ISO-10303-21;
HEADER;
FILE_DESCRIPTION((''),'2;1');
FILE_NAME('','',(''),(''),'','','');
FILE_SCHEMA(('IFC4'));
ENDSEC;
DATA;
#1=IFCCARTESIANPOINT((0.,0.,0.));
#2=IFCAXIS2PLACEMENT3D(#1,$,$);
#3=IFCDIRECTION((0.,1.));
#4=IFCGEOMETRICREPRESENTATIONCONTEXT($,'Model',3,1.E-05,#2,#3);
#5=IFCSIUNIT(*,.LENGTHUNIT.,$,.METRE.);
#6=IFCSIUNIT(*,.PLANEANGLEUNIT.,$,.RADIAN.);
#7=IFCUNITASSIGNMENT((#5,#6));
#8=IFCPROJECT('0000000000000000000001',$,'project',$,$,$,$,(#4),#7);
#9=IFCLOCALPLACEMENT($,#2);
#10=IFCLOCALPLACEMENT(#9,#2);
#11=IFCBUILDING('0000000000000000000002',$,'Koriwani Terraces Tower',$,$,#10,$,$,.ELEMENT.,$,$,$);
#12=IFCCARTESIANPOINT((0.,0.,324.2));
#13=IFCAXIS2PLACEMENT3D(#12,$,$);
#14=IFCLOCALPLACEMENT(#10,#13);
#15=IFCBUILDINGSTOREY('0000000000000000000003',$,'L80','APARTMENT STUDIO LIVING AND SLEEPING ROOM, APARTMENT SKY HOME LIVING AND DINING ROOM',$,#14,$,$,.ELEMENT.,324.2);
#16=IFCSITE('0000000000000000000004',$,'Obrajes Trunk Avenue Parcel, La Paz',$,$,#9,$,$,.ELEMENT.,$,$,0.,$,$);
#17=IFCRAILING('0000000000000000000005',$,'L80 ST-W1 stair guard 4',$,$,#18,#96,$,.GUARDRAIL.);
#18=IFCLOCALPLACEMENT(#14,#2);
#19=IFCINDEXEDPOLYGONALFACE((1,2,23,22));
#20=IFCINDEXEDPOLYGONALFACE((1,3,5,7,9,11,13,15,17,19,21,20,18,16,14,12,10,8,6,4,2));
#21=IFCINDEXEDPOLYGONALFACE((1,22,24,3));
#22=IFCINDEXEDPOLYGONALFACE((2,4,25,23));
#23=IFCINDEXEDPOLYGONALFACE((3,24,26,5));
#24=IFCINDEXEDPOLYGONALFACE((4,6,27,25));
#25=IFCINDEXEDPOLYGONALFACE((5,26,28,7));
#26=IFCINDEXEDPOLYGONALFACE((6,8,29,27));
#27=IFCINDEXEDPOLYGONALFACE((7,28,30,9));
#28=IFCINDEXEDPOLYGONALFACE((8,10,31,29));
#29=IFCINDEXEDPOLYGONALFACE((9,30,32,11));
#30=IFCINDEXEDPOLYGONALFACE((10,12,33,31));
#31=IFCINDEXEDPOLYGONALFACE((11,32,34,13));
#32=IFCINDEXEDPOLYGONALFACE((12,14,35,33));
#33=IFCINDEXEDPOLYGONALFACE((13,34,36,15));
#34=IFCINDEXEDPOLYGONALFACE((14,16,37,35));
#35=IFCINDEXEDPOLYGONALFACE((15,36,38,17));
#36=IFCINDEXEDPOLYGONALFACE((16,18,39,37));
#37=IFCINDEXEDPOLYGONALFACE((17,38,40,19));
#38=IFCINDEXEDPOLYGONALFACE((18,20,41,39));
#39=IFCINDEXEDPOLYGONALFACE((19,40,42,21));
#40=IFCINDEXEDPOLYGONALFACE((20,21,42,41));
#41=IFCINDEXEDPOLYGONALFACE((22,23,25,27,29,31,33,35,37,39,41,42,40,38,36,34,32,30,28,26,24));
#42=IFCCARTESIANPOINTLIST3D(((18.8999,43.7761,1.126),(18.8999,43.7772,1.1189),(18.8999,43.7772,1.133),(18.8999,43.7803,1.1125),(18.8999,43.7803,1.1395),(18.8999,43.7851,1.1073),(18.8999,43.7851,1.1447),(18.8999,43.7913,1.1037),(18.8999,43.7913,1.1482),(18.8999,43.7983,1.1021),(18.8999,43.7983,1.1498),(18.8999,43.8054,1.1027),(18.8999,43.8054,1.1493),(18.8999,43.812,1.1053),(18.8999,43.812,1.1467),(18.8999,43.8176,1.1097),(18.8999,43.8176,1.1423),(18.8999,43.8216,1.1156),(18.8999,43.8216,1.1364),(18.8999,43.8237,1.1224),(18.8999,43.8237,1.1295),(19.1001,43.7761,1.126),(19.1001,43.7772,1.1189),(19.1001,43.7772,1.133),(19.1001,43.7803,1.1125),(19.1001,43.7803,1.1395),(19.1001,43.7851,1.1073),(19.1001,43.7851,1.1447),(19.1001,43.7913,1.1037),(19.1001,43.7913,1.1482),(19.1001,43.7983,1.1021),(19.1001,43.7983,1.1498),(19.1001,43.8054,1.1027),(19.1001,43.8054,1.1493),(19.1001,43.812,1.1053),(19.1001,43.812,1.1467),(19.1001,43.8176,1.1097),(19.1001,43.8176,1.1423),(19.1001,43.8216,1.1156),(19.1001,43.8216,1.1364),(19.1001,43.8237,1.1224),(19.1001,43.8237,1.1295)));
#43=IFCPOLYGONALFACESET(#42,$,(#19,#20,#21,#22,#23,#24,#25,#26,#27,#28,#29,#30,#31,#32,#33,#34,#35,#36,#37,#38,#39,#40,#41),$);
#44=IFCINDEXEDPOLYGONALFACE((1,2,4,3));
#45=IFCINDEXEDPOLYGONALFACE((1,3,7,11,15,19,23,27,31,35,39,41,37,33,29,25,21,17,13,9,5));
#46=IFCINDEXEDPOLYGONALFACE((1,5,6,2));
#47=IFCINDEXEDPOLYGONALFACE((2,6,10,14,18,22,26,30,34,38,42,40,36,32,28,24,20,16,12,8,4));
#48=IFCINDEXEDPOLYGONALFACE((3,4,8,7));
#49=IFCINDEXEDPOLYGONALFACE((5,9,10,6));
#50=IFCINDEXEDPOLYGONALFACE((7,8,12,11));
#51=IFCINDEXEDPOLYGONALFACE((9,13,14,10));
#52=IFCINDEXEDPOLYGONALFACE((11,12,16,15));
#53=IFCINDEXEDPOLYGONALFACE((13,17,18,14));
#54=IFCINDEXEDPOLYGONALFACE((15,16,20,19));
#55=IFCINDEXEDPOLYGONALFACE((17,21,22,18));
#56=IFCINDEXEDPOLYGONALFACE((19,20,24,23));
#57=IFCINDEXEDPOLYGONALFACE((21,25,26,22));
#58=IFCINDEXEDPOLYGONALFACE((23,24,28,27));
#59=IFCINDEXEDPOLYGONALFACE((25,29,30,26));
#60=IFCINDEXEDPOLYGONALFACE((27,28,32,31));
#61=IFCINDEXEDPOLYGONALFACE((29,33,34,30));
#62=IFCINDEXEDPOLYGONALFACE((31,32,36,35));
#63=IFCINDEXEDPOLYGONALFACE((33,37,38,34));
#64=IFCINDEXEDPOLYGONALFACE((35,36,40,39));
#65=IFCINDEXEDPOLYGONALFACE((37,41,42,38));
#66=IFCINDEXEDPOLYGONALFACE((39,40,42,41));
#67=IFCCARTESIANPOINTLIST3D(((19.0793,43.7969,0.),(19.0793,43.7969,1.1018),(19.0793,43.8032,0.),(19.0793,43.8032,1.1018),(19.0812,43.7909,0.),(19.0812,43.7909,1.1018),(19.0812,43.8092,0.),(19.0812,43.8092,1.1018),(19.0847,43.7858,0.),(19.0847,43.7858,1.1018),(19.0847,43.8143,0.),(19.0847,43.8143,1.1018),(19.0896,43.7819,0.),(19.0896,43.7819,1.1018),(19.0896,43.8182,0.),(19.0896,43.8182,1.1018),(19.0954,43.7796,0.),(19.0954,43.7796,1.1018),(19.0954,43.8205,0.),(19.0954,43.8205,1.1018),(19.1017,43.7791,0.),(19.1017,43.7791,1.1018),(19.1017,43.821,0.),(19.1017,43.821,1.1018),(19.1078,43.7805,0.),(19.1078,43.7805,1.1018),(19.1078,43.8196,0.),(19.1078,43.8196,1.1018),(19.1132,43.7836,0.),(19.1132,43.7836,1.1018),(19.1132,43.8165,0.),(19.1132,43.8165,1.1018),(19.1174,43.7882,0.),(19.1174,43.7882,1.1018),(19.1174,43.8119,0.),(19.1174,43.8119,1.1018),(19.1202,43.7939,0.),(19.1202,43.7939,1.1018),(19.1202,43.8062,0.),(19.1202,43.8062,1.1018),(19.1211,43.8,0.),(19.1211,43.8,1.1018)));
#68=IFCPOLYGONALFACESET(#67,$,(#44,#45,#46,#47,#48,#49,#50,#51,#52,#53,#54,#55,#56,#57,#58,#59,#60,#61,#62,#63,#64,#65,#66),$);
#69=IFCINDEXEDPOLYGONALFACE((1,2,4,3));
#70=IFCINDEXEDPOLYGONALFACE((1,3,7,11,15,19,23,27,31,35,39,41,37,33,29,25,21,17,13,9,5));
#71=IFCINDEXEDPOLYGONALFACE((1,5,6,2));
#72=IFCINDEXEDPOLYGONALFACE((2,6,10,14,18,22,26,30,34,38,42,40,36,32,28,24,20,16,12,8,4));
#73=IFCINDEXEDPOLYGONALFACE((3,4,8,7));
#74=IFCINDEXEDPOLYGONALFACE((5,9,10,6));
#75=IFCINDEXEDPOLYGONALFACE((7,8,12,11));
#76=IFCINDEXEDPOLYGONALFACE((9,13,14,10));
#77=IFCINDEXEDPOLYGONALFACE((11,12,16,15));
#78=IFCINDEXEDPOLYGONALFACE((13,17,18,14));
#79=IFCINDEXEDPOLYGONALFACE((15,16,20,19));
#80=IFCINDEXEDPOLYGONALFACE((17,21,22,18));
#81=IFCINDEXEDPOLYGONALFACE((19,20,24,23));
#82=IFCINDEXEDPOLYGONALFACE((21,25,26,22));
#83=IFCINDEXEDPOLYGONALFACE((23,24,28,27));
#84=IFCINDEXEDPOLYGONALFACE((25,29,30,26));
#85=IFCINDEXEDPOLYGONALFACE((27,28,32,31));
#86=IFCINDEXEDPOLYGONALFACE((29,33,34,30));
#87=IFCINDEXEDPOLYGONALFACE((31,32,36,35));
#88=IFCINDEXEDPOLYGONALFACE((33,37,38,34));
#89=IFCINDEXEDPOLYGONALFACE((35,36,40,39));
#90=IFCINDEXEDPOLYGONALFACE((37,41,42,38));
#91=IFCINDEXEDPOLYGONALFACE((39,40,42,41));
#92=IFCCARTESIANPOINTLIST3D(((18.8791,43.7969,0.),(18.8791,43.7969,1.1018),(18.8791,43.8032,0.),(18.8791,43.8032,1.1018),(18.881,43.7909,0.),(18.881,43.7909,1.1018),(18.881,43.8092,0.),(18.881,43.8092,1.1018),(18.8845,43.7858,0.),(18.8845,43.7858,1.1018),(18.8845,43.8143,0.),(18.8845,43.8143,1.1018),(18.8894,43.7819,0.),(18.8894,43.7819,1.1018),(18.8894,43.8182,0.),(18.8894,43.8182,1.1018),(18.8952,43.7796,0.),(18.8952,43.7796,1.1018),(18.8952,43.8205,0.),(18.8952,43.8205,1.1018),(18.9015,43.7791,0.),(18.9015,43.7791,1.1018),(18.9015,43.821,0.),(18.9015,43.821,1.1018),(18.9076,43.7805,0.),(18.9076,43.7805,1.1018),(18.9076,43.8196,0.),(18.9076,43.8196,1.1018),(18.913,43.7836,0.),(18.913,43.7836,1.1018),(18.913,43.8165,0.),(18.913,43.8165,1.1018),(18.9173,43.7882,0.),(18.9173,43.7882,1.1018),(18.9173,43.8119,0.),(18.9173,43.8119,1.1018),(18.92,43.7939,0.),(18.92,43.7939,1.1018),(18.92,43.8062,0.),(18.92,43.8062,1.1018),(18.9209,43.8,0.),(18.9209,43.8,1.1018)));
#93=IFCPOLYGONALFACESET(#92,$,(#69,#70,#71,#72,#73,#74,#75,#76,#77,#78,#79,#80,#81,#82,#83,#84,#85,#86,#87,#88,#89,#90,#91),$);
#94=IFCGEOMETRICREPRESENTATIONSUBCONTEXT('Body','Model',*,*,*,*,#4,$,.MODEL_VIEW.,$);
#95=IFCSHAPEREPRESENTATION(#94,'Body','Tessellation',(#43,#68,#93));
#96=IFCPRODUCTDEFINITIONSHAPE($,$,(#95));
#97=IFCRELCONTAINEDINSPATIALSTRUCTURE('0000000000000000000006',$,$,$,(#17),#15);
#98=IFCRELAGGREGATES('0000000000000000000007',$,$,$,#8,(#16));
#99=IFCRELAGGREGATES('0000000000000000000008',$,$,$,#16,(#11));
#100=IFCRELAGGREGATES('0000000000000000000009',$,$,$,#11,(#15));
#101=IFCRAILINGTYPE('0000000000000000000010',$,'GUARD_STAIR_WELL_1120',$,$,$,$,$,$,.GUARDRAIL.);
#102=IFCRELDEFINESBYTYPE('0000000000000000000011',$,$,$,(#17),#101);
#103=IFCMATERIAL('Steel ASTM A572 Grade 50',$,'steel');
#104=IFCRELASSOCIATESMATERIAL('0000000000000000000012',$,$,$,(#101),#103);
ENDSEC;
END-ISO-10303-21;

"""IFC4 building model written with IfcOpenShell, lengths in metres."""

from ifc_helpers import new_model, si_unit, direction, frame, origin, origin_2d, place, context, subcontext, project, spatial, circle, extrude, material, type_object, element, save


model = new_model("IFC4")

# Units and contexts
model_context = context("Model", 3, precision=1e-05, world=origin(), true_north=direction((0.0, 1.0)))
body_context = subcontext(model_context, "Body", "Model", "MODEL_VIEW")
ifc_project = project(units=[si_unit("LENGTHUNIT", "METRE"), si_unit("PLANEANGLEUNIT", "RADIAN")], contexts=[model_context])

# Site, building, storey
site_placement = place(None, origin())
site = spatial("IfcSite", under=ifc_project, at=site_placement, Name="Obrajes Trunk Avenue Parcel, La Paz", CompositionType="ELEMENT", RefElevation=0.0)
building_placement = place(site_placement, origin())
building = spatial("IfcBuilding", under=site, at=building_placement, Name="Koriwani Terraces Tower", CompositionType="ELEMENT")
storey_placement = place(building_placement, frame((0.0, 0.0, 324.2)))
storey = spatial("IfcBuildingStorey", under=building, at=storey_placement, Name="L80", Description="APARTMENT STUDIO LIVING AND SLEEPING ROOM, APARTMENT SKY HOME LIVING AND DINING ROOM", CompositionType="ELEMENT", Elevation=324.2)

# Shared definitions
ifc_material_1 = material(Name="Steel ASTM A572 Grade 50", Category="steel")

# Railing
railing_type_1 = type_object("IfcRailingType", Name="GUARD_STAIR_WELL_1120", PredefinedType="GUARDRAIL", material=ifc_material_1)
railing_1_placement = place(storey_placement, frame((19.1001, 43.8, 0.0)))
element("IfcRailing", 1, at=railing_1_placement, inside=storey, type_object=railing_type_1, Name="L80 ST-W1 stair guard 4", PredefinedType="GUARDRAIL", context=body_context, shape_type="SweptSolid", body=[
    extrude(circle(Radius=0.0239, at=origin_2d()), frame((0.0, 0.0, 1.126), z_axis=(-1.0, 0.0, 0.0), x_axis=(0.0, -1.0, 0.0)), (0.0, 0.0, 1.0), 0.2002),
    extrude(circle(Radius=0.021, at=origin_2d()), origin(), (0.0, 0.0, 1.0), 1.1018),
    extrude(circle(Radius=0.021, at=origin_2d()), frame((-0.2002, 0.0, 0.0)), (0.0, 0.0, 1.0), 1.1018),
])

save(model, "model.ifc")
